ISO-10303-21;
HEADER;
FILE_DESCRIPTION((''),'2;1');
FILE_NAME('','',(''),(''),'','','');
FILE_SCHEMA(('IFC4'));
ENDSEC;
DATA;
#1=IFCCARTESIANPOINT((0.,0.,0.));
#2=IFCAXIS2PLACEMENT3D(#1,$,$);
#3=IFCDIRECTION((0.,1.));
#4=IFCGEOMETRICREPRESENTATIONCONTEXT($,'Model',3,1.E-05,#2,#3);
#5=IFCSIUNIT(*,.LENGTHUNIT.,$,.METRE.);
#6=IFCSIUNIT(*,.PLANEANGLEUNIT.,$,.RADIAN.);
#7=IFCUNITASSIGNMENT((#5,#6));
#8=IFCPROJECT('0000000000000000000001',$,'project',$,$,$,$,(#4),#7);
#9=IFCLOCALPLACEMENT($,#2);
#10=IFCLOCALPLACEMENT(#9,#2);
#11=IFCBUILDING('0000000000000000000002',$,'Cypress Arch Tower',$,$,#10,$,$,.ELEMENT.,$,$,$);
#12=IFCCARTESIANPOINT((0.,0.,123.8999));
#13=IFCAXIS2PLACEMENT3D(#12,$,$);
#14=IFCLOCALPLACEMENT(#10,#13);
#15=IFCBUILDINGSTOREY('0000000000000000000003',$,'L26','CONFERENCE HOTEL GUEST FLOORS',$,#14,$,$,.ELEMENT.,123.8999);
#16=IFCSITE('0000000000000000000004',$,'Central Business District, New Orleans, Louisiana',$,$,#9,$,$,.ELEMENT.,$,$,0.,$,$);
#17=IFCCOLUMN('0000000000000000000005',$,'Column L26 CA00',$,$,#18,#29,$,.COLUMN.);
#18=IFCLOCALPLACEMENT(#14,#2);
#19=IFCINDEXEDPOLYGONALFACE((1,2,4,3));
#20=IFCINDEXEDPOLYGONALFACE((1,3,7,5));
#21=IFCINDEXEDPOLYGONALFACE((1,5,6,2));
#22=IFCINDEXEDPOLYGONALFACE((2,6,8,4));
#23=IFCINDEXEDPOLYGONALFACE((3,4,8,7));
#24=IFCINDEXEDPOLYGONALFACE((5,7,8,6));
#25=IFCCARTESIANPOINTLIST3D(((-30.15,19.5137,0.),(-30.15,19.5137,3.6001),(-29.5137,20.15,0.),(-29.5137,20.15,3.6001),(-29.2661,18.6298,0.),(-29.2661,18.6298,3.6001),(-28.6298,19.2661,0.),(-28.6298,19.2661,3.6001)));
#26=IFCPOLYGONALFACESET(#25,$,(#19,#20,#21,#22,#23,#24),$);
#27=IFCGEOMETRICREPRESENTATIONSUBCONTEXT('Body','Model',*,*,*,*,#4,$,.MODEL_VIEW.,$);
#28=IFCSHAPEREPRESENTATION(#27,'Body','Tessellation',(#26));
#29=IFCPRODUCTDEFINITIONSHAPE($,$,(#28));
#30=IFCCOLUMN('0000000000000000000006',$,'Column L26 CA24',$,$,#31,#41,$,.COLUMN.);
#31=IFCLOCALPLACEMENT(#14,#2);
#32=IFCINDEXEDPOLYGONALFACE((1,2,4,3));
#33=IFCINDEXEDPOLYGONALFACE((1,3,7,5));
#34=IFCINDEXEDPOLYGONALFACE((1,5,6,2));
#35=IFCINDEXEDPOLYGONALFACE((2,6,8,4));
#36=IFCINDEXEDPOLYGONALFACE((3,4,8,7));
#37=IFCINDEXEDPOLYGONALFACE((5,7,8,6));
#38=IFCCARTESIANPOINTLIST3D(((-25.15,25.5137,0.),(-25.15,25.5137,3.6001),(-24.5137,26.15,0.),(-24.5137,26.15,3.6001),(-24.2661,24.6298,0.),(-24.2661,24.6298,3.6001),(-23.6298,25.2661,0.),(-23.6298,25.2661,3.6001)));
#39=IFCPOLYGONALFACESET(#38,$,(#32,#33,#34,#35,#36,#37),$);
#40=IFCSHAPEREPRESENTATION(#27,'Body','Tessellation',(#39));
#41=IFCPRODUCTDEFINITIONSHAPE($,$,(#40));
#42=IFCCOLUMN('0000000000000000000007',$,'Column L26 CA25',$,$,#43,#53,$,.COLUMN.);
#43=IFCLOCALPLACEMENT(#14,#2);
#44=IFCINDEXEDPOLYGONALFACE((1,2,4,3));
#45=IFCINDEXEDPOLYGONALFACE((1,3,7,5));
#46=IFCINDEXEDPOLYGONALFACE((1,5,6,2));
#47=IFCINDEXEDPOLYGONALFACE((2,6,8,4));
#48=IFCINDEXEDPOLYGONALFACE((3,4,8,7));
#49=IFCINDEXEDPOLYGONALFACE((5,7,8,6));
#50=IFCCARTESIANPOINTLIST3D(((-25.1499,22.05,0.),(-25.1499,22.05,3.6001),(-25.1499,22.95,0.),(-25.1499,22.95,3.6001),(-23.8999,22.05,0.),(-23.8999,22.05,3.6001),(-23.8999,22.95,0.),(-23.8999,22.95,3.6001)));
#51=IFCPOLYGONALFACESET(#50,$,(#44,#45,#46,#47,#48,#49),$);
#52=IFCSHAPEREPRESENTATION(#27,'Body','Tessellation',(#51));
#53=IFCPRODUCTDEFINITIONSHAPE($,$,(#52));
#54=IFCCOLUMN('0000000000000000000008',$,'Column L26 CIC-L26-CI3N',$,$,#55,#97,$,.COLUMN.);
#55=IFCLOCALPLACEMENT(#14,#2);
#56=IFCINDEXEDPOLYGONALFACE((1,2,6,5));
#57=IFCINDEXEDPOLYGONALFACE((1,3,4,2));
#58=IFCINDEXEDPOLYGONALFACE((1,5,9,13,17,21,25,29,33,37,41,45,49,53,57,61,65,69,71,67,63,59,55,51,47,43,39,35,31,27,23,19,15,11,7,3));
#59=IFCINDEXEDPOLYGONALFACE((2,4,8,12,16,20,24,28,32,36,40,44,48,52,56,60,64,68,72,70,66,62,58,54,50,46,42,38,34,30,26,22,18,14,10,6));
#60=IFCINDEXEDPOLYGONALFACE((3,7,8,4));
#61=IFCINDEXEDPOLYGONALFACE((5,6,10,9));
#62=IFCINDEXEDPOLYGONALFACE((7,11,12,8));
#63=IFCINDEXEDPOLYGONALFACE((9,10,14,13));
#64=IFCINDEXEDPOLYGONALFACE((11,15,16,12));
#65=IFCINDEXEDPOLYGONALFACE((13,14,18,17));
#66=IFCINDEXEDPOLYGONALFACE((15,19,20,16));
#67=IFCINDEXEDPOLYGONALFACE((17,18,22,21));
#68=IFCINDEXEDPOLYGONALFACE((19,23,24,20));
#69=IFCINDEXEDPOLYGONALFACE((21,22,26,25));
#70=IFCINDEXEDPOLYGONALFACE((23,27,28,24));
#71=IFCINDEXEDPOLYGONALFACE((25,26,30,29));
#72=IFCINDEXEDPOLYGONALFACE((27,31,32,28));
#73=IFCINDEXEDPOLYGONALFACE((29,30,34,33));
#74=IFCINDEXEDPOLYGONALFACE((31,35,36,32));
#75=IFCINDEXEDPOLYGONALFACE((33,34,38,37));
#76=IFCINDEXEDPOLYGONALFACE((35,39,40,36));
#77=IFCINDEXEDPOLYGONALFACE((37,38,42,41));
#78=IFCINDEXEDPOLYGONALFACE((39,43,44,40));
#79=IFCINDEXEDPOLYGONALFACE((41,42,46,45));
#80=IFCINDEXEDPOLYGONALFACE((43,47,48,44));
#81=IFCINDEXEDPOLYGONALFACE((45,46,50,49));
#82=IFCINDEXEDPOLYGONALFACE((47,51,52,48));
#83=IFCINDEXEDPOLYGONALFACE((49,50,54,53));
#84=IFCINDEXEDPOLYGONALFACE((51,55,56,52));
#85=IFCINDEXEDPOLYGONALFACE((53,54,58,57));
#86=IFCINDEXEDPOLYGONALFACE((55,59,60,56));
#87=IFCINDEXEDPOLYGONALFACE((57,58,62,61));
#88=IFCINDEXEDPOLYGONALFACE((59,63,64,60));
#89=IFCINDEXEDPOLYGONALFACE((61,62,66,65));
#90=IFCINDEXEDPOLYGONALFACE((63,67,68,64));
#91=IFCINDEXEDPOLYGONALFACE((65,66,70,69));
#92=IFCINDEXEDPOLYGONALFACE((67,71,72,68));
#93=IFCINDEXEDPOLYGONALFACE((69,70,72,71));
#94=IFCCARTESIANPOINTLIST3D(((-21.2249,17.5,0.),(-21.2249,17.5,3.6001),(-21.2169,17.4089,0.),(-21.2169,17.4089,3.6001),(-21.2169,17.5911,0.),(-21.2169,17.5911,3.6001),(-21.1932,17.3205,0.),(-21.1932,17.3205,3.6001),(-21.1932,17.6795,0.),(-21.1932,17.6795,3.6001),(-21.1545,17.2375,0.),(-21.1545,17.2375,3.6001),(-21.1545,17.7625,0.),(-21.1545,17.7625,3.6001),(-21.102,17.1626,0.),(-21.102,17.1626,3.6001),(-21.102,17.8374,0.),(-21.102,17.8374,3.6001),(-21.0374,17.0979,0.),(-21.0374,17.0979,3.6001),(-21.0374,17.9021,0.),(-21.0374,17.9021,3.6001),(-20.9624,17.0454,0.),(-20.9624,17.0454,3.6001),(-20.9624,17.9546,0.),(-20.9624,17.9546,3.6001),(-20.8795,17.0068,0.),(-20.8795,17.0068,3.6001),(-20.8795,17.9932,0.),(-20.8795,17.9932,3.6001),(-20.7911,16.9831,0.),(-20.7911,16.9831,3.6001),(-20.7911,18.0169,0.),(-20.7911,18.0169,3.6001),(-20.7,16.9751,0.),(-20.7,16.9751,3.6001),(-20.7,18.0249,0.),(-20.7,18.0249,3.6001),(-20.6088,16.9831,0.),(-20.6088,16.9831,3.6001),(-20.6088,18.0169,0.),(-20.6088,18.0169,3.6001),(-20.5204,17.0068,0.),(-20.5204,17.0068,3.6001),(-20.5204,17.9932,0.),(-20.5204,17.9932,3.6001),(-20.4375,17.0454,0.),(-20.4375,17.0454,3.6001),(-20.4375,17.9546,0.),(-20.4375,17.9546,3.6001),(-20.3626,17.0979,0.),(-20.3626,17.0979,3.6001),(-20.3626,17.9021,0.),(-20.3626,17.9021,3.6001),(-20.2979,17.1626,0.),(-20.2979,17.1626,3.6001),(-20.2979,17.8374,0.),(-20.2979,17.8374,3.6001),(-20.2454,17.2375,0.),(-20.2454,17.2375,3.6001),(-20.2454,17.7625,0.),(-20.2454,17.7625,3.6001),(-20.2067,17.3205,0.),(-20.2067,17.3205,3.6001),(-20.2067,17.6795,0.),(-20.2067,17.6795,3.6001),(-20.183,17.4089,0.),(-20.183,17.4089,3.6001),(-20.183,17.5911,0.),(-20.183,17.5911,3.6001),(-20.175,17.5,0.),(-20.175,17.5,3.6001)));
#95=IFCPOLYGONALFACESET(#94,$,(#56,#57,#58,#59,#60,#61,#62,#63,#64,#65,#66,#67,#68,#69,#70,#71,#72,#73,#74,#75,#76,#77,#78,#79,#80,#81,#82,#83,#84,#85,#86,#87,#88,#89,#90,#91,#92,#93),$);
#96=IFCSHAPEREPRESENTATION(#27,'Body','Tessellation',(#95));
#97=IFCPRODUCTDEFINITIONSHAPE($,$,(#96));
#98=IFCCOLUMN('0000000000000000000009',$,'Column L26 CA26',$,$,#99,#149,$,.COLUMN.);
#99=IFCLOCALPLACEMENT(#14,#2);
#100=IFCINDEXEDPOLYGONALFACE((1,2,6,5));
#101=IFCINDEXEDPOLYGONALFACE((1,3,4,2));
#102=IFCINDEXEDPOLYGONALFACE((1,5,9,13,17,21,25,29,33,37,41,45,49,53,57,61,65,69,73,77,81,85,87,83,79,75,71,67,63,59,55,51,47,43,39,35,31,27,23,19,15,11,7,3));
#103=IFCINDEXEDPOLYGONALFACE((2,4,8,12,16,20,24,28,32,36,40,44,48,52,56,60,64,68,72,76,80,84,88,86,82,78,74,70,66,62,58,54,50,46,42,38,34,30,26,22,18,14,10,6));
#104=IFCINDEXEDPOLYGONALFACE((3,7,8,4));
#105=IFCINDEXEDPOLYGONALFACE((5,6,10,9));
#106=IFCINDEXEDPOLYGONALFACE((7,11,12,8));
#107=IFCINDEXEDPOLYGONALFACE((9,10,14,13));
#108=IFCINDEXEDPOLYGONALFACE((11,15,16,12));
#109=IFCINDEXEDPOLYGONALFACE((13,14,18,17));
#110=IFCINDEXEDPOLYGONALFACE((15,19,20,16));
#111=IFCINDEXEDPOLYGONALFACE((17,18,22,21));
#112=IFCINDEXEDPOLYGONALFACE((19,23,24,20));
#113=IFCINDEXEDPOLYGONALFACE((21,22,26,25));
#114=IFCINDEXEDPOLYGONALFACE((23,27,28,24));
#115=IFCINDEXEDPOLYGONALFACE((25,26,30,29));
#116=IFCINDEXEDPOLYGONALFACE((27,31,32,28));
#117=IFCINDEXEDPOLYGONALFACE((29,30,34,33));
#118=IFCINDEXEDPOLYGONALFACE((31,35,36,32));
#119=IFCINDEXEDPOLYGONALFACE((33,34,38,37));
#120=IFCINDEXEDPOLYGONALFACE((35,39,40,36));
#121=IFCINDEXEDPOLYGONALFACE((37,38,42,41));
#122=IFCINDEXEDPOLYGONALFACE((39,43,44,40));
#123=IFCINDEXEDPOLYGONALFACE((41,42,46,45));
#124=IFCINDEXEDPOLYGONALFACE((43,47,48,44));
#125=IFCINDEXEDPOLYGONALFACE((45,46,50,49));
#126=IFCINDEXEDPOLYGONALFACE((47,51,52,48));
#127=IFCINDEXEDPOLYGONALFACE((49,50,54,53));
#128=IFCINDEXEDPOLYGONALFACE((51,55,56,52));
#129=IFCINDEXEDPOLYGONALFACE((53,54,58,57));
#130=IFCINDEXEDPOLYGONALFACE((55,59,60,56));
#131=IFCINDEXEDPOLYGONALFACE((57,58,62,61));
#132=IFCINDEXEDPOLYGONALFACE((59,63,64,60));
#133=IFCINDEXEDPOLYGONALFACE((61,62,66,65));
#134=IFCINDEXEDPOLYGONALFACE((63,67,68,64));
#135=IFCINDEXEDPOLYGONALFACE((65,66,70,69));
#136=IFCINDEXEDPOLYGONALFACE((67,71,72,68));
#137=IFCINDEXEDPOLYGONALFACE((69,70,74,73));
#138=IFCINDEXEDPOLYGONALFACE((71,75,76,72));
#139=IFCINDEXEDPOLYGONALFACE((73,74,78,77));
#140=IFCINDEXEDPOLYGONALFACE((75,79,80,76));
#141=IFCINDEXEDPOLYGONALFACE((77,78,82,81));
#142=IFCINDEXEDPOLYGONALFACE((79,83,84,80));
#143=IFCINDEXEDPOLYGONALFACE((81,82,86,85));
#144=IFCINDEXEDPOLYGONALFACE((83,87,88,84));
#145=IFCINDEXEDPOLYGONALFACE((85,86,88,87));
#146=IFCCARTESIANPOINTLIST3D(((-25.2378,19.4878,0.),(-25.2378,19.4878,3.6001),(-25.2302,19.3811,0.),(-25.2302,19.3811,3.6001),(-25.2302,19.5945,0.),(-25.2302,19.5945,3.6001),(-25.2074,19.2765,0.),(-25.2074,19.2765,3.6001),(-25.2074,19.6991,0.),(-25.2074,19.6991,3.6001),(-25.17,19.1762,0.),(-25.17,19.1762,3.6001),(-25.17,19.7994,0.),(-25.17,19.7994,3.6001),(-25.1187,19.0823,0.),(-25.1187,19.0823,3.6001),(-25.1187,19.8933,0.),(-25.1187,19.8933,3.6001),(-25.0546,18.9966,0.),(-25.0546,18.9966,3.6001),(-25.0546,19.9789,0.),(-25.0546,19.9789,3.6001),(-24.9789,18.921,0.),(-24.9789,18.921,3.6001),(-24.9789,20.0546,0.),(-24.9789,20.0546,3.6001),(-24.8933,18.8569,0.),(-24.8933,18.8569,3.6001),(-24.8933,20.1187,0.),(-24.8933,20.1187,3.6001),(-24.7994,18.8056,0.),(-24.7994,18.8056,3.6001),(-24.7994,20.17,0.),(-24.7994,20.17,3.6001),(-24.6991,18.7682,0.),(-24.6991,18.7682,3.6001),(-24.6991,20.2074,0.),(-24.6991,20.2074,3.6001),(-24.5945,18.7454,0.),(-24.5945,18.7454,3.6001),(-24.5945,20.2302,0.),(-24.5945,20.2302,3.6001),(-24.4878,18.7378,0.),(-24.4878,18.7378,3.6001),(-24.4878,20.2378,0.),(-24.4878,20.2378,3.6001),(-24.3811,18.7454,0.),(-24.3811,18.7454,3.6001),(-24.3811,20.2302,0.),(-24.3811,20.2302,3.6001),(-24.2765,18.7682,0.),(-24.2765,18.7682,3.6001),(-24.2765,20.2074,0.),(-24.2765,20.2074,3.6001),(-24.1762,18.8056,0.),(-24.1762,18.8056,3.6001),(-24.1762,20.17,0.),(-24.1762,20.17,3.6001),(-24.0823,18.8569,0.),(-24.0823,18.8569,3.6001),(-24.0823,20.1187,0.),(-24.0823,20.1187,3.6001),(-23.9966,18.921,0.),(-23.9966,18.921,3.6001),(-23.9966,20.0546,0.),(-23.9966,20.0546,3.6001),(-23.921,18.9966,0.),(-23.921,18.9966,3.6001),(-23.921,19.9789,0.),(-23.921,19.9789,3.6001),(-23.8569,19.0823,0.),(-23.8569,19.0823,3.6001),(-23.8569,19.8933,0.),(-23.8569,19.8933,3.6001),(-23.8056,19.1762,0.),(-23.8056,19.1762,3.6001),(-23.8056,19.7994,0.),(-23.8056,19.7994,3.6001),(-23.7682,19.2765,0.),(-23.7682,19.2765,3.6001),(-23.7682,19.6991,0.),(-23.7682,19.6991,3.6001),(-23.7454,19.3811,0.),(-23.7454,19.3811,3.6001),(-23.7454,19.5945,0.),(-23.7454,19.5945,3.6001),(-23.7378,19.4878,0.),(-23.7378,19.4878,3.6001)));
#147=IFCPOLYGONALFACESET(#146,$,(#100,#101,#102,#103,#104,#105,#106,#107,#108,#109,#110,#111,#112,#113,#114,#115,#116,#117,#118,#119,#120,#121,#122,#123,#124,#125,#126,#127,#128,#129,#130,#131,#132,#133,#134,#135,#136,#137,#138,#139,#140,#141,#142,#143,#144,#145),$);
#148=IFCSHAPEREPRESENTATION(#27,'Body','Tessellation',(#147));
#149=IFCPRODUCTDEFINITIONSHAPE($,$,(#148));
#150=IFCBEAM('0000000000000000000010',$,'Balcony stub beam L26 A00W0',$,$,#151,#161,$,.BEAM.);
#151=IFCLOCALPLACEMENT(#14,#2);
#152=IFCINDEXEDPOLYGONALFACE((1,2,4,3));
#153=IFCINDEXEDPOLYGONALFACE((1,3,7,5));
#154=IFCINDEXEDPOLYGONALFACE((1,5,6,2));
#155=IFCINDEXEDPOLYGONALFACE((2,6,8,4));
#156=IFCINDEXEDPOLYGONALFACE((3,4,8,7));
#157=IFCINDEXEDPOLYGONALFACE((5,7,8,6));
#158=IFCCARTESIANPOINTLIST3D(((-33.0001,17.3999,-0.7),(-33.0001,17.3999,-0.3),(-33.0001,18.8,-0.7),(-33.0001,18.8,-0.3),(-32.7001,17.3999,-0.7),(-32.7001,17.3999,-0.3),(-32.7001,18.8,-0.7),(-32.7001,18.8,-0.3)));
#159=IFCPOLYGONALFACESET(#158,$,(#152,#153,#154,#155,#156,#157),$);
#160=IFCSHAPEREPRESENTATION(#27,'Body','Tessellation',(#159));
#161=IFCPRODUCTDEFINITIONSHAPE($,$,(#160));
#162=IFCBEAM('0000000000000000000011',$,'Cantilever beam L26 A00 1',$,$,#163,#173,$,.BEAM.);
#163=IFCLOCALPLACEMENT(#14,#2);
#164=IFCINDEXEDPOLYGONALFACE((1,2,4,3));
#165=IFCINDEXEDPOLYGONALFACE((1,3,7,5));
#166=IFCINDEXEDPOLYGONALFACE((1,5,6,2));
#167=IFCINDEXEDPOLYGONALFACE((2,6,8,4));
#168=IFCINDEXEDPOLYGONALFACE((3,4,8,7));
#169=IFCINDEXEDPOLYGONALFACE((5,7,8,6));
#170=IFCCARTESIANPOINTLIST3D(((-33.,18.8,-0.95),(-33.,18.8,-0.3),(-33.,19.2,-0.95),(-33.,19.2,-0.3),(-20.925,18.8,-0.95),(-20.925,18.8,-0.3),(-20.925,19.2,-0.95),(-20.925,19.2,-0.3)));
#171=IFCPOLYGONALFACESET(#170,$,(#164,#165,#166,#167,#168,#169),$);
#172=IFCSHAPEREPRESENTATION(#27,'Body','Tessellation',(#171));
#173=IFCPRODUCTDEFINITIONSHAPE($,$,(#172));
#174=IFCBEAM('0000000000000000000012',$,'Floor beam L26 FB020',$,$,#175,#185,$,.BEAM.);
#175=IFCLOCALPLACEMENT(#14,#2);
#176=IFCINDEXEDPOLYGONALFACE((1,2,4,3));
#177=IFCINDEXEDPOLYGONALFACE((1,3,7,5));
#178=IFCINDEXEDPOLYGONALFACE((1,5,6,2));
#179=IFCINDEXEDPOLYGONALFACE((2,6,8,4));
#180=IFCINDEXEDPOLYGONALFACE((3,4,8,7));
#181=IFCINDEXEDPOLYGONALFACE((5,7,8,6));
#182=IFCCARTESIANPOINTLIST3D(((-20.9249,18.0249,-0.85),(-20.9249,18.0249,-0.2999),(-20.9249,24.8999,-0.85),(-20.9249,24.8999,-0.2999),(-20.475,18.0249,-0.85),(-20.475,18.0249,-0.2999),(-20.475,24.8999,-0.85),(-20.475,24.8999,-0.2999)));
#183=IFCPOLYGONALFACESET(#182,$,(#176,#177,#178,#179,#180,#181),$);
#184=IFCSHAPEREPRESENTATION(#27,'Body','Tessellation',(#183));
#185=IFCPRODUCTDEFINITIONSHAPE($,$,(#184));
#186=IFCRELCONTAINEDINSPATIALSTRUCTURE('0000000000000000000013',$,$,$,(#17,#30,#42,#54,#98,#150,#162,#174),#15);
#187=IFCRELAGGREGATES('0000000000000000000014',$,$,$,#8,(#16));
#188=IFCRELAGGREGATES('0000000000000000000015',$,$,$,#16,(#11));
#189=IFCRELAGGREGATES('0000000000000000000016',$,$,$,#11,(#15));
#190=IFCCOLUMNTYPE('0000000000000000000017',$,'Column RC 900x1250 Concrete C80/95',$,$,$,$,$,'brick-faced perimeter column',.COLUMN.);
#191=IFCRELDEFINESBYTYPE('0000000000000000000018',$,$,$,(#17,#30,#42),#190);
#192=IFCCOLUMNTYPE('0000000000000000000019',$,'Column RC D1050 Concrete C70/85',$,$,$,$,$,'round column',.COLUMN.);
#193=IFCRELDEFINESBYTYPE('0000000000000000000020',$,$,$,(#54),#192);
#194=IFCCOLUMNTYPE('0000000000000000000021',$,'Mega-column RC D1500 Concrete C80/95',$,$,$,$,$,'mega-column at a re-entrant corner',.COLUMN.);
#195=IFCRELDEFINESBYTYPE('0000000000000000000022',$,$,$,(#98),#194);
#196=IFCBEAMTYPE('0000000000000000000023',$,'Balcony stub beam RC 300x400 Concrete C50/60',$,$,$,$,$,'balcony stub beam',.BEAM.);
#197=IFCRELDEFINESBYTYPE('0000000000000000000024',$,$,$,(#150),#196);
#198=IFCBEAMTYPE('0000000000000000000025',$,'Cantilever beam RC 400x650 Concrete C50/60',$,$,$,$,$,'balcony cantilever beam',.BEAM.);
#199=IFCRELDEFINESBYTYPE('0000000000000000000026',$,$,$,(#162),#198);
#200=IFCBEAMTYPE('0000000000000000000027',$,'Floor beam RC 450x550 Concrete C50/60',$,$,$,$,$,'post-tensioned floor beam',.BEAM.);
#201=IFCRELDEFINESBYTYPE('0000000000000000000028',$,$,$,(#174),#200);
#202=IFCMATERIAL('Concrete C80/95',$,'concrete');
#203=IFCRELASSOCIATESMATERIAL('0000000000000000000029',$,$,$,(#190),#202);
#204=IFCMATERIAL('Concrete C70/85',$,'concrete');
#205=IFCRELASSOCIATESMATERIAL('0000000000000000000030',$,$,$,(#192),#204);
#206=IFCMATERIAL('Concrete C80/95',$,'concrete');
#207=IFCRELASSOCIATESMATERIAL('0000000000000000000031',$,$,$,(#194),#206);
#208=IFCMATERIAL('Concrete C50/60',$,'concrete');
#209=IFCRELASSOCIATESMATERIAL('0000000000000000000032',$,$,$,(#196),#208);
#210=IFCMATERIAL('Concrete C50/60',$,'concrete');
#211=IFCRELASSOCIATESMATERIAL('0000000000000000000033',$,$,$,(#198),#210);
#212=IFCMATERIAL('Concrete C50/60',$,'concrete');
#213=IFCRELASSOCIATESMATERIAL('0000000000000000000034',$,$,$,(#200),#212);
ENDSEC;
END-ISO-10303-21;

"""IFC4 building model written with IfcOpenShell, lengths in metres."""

from ifc_helpers import new_model, si_unit, direction, frame, origin, origin_2d, place, context, subcontext, project, spatial, rectangle, circle, extrude, material, material_profile, profile_set, type_object, element, save


model = new_model("IFC4")

# Units and contexts
model_context = context("Model", 3, precision=1e-05, world=origin(), true_north=direction((0.0, 1.0)))
body_context = subcontext(model_context, "Body", "Model", "MODEL_VIEW")
ifc_project = project(units=[si_unit("LENGTHUNIT", "METRE"), si_unit("PLANEANGLEUNIT", "RADIAN")], contexts=[model_context])

# Site, building, storey
site_placement = place(None, origin())
site = spatial("IfcSite", under=ifc_project, at=site_placement, Name="Central Business District, New Orleans, Louisiana", CompositionType="ELEMENT", RefElevation=0.0)
building_placement = place(site_placement, origin())
building = spatial("IfcBuilding", under=site, at=building_placement, Name="Cypress Arch Tower", CompositionType="ELEMENT")
storey_placement = place(building_placement, frame((0.0, 0.0, 123.8999)))
storey = spatial("IfcBuildingStorey", under=building, at=storey_placement, Name="L26", Description="CONFERENCE HOTEL GUEST FLOORS", CompositionType="ELEMENT", Elevation=123.8999)

# Columns
ifc_material_1 = material(Name="Concrete C80/95", Category="concrete")
ifc_material_profile_1 = material_profile(ifc_material_1, rectangle(XDim=0.8999, YDim=1.25, at=origin_2d()), Name="RC 900x1250")
ifc_profile_set_1 = profile_set([ifc_material_profile_1], Name="Concrete C80/95")
column_type_1 = type_object("IfcColumnType", Name="Column RC 900x1250 Concrete C80/95", ElementType="brick-faced perimeter column", PredefinedType="COLUMN", material=ifc_profile_set_1)
for number, where, z_axis, x_axis, name in (
    (1, (-29.3899, 19.3899, 0.0), (0.0, 0.0, 1.0), (-0.707107, -0.707107, 0.0), "Column L26 CA00"),
    (2, (-24.3899, 25.3899, 0.0), (0.0, 0.0, 1.0), (-0.707107, -0.707107, 0.0), "Column L26 CA24"),
    (3, (-24.5249, 22.5, 0.0), (0.0, 0.0, 1.0), (0.0, -1.0, 0.0), "Column L26 CA25"),
):
    element("IfcColumn", number, at=place(storey_placement, frame(where, z_axis=z_axis, x_axis=x_axis)), inside=storey, type_object=column_type_1, Name=name, PredefinedType="COLUMN", context=body_context, shape_type="SweptSolid", body=[
        extrude(rectangle(XDim=0.8999, YDim=1.25, at=origin_2d()), origin(), (0.0, 0.0, 1.0), 3.6001),
    ])
ifc_material_2 = material(Name="Concrete C70/85", Category="concrete")
ifc_material_profile_2 = material_profile(ifc_material_2, circle(Radius=0.5249, at=origin_2d()), Name="RC D1050")
ifc_profile_set_2 = profile_set([ifc_material_profile_2], Name="Concrete C70/85")
column_type_2 = type_object("IfcColumnType", Name="Column RC D1050 Concrete C70/85", ElementType="round column", PredefinedType="COLUMN", material=ifc_profile_set_2)
column_1_placement = place(storey_placement, frame((-20.7, 17.5, 0.0), z_axis=(0.0, 0.0, 1.0), x_axis=(1.0, 0.0, 0.0)))
element("IfcColumn", 4, at=column_1_placement, inside=storey, type_object=column_type_2, Name="Column L26 CIC-L26-CI3N", PredefinedType="COLUMN", context=body_context, shape_type="SweptSolid", body=[
    extrude(circle(Radius=0.5249, at=origin_2d()), origin(), (0.0, 0.0, 1.0), 3.6001),
])
ifc_material_3 = material(Name="Concrete C80/95", Category="concrete")
ifc_material_profile_3 = material_profile(ifc_material_3, circle(Radius=0.75, at=origin_2d()), Name="RC D1500")
ifc_profile_set_3 = profile_set([ifc_material_profile_3], Name="Concrete C80/95")
column_type_3 = type_object("IfcColumnType", Name="Mega-column RC D1500 Concrete C80/95", ElementType="mega-column at a re-entrant corner", PredefinedType="COLUMN", material=ifc_profile_set_3)
column_2_placement = place(storey_placement, frame((-24.4878, 19.4878, 0.0), z_axis=(0.0, 0.0, 1.0), x_axis=(1.0, 0.0, 0.0)))
element("IfcColumn", 5, at=column_2_placement, inside=storey, type_object=column_type_3, Name="Column L26 CA26", PredefinedType="COLUMN", context=body_context, shape_type="SweptSolid", body=[
    extrude(circle(Radius=0.75, at=origin_2d()), origin(), (0.0, 0.0, 1.0), 3.6001),
])

# Beams
ifc_material_4 = material(Name="Concrete C50/60", Category="concrete")
ifc_material_profile_4 = material_profile(ifc_material_4, rectangle(XDim=0.3, YDim=0.3999, at=origin_2d()), Name="RC 300x400")
ifc_profile_set_4 = profile_set([ifc_material_profile_4], Name="Concrete C50/60")
beam_type_1 = type_object("IfcBeamType", Name="Balcony stub beam RC 300x400 Concrete C50/60", ElementType="balcony stub beam", PredefinedType="BEAM", material=ifc_profile_set_4)
beam_1_placement = place(storey_placement, frame((-32.8501, 18.8, -0.5), z_axis=(0.0, -1.0, 0.0), x_axis=(1.0, 0.0, 0.0)))
element("IfcBeam", 6, at=beam_1_placement, inside=storey, type_object=beam_type_1, Name="Balcony stub beam L26 A00W0", PredefinedType="BEAM", context=body_context, shape_type="SweptSolid", body=[
    extrude(rectangle(XDim=0.3, YDim=0.3999, at=origin_2d()), origin(), (0.0, 0.0, 1.0), 1.4001),
])
ifc_material_5 = material(Name="Concrete C50/60", Category="concrete")
ifc_material_profile_5 = material_profile(ifc_material_5, rectangle(XDim=0.3999, YDim=0.6499, at=origin_2d()), Name="RC 400x650")
ifc_profile_set_5 = profile_set([ifc_material_profile_5], Name="Concrete C50/60")
beam_type_2 = type_object("IfcBeamType", Name="Cantilever beam RC 400x650 Concrete C50/60", ElementType="balcony cantilever beam", PredefinedType="BEAM", material=ifc_profile_set_5)
beam_2_placement = place(storey_placement, frame((-20.925, 19.0, -0.625), z_axis=(-1.0, 0.0, 0.0), x_axis=(0.0, -1.0, 0.0)))
element("IfcBeam", 7, at=beam_2_placement, inside=storey, type_object=beam_type_2, Name="Cantilever beam L26 A00 1", PredefinedType="BEAM", context=body_context, shape_type="SweptSolid", body=[
    extrude(rectangle(XDim=0.3999, YDim=0.6499, at=origin_2d()), origin(), (0.0, 0.0, 1.0), 12.075),
])
ifc_material_6 = material(Name="Concrete C50/60", Category="concrete")
ifc_material_profile_6 = material_profile(ifc_material_6, rectangle(XDim=0.45, YDim=0.55, at=origin_2d()), Name="RC 450x550")
ifc_profile_set_6 = profile_set([ifc_material_profile_6], Name="Concrete C50/60")
beam_type_3 = type_object("IfcBeamType", Name="Floor beam RC 450x550 Concrete C50/60", ElementType="post-tensioned floor beam", PredefinedType="BEAM", material=ifc_profile_set_6)
beam_3_placement = place(storey_placement, frame((-20.7, 18.0249, -0.575), z_axis=(0.0, 1.0, 0.0), x_axis=(-1.0, 0.0, 0.0)))
element("IfcBeam", 8, at=beam_3_placement, inside=storey, type_object=beam_type_3, Name="Floor beam L26 FB020", PredefinedType="BEAM", context=body_context, shape_type="SweptSolid", body=[
    extrude(rectangle(XDim=0.45, YDim=0.55, at=origin_2d()), origin(), (0.0, 0.0, 1.0), 6.875),
])

save(model, "model.ifc")
